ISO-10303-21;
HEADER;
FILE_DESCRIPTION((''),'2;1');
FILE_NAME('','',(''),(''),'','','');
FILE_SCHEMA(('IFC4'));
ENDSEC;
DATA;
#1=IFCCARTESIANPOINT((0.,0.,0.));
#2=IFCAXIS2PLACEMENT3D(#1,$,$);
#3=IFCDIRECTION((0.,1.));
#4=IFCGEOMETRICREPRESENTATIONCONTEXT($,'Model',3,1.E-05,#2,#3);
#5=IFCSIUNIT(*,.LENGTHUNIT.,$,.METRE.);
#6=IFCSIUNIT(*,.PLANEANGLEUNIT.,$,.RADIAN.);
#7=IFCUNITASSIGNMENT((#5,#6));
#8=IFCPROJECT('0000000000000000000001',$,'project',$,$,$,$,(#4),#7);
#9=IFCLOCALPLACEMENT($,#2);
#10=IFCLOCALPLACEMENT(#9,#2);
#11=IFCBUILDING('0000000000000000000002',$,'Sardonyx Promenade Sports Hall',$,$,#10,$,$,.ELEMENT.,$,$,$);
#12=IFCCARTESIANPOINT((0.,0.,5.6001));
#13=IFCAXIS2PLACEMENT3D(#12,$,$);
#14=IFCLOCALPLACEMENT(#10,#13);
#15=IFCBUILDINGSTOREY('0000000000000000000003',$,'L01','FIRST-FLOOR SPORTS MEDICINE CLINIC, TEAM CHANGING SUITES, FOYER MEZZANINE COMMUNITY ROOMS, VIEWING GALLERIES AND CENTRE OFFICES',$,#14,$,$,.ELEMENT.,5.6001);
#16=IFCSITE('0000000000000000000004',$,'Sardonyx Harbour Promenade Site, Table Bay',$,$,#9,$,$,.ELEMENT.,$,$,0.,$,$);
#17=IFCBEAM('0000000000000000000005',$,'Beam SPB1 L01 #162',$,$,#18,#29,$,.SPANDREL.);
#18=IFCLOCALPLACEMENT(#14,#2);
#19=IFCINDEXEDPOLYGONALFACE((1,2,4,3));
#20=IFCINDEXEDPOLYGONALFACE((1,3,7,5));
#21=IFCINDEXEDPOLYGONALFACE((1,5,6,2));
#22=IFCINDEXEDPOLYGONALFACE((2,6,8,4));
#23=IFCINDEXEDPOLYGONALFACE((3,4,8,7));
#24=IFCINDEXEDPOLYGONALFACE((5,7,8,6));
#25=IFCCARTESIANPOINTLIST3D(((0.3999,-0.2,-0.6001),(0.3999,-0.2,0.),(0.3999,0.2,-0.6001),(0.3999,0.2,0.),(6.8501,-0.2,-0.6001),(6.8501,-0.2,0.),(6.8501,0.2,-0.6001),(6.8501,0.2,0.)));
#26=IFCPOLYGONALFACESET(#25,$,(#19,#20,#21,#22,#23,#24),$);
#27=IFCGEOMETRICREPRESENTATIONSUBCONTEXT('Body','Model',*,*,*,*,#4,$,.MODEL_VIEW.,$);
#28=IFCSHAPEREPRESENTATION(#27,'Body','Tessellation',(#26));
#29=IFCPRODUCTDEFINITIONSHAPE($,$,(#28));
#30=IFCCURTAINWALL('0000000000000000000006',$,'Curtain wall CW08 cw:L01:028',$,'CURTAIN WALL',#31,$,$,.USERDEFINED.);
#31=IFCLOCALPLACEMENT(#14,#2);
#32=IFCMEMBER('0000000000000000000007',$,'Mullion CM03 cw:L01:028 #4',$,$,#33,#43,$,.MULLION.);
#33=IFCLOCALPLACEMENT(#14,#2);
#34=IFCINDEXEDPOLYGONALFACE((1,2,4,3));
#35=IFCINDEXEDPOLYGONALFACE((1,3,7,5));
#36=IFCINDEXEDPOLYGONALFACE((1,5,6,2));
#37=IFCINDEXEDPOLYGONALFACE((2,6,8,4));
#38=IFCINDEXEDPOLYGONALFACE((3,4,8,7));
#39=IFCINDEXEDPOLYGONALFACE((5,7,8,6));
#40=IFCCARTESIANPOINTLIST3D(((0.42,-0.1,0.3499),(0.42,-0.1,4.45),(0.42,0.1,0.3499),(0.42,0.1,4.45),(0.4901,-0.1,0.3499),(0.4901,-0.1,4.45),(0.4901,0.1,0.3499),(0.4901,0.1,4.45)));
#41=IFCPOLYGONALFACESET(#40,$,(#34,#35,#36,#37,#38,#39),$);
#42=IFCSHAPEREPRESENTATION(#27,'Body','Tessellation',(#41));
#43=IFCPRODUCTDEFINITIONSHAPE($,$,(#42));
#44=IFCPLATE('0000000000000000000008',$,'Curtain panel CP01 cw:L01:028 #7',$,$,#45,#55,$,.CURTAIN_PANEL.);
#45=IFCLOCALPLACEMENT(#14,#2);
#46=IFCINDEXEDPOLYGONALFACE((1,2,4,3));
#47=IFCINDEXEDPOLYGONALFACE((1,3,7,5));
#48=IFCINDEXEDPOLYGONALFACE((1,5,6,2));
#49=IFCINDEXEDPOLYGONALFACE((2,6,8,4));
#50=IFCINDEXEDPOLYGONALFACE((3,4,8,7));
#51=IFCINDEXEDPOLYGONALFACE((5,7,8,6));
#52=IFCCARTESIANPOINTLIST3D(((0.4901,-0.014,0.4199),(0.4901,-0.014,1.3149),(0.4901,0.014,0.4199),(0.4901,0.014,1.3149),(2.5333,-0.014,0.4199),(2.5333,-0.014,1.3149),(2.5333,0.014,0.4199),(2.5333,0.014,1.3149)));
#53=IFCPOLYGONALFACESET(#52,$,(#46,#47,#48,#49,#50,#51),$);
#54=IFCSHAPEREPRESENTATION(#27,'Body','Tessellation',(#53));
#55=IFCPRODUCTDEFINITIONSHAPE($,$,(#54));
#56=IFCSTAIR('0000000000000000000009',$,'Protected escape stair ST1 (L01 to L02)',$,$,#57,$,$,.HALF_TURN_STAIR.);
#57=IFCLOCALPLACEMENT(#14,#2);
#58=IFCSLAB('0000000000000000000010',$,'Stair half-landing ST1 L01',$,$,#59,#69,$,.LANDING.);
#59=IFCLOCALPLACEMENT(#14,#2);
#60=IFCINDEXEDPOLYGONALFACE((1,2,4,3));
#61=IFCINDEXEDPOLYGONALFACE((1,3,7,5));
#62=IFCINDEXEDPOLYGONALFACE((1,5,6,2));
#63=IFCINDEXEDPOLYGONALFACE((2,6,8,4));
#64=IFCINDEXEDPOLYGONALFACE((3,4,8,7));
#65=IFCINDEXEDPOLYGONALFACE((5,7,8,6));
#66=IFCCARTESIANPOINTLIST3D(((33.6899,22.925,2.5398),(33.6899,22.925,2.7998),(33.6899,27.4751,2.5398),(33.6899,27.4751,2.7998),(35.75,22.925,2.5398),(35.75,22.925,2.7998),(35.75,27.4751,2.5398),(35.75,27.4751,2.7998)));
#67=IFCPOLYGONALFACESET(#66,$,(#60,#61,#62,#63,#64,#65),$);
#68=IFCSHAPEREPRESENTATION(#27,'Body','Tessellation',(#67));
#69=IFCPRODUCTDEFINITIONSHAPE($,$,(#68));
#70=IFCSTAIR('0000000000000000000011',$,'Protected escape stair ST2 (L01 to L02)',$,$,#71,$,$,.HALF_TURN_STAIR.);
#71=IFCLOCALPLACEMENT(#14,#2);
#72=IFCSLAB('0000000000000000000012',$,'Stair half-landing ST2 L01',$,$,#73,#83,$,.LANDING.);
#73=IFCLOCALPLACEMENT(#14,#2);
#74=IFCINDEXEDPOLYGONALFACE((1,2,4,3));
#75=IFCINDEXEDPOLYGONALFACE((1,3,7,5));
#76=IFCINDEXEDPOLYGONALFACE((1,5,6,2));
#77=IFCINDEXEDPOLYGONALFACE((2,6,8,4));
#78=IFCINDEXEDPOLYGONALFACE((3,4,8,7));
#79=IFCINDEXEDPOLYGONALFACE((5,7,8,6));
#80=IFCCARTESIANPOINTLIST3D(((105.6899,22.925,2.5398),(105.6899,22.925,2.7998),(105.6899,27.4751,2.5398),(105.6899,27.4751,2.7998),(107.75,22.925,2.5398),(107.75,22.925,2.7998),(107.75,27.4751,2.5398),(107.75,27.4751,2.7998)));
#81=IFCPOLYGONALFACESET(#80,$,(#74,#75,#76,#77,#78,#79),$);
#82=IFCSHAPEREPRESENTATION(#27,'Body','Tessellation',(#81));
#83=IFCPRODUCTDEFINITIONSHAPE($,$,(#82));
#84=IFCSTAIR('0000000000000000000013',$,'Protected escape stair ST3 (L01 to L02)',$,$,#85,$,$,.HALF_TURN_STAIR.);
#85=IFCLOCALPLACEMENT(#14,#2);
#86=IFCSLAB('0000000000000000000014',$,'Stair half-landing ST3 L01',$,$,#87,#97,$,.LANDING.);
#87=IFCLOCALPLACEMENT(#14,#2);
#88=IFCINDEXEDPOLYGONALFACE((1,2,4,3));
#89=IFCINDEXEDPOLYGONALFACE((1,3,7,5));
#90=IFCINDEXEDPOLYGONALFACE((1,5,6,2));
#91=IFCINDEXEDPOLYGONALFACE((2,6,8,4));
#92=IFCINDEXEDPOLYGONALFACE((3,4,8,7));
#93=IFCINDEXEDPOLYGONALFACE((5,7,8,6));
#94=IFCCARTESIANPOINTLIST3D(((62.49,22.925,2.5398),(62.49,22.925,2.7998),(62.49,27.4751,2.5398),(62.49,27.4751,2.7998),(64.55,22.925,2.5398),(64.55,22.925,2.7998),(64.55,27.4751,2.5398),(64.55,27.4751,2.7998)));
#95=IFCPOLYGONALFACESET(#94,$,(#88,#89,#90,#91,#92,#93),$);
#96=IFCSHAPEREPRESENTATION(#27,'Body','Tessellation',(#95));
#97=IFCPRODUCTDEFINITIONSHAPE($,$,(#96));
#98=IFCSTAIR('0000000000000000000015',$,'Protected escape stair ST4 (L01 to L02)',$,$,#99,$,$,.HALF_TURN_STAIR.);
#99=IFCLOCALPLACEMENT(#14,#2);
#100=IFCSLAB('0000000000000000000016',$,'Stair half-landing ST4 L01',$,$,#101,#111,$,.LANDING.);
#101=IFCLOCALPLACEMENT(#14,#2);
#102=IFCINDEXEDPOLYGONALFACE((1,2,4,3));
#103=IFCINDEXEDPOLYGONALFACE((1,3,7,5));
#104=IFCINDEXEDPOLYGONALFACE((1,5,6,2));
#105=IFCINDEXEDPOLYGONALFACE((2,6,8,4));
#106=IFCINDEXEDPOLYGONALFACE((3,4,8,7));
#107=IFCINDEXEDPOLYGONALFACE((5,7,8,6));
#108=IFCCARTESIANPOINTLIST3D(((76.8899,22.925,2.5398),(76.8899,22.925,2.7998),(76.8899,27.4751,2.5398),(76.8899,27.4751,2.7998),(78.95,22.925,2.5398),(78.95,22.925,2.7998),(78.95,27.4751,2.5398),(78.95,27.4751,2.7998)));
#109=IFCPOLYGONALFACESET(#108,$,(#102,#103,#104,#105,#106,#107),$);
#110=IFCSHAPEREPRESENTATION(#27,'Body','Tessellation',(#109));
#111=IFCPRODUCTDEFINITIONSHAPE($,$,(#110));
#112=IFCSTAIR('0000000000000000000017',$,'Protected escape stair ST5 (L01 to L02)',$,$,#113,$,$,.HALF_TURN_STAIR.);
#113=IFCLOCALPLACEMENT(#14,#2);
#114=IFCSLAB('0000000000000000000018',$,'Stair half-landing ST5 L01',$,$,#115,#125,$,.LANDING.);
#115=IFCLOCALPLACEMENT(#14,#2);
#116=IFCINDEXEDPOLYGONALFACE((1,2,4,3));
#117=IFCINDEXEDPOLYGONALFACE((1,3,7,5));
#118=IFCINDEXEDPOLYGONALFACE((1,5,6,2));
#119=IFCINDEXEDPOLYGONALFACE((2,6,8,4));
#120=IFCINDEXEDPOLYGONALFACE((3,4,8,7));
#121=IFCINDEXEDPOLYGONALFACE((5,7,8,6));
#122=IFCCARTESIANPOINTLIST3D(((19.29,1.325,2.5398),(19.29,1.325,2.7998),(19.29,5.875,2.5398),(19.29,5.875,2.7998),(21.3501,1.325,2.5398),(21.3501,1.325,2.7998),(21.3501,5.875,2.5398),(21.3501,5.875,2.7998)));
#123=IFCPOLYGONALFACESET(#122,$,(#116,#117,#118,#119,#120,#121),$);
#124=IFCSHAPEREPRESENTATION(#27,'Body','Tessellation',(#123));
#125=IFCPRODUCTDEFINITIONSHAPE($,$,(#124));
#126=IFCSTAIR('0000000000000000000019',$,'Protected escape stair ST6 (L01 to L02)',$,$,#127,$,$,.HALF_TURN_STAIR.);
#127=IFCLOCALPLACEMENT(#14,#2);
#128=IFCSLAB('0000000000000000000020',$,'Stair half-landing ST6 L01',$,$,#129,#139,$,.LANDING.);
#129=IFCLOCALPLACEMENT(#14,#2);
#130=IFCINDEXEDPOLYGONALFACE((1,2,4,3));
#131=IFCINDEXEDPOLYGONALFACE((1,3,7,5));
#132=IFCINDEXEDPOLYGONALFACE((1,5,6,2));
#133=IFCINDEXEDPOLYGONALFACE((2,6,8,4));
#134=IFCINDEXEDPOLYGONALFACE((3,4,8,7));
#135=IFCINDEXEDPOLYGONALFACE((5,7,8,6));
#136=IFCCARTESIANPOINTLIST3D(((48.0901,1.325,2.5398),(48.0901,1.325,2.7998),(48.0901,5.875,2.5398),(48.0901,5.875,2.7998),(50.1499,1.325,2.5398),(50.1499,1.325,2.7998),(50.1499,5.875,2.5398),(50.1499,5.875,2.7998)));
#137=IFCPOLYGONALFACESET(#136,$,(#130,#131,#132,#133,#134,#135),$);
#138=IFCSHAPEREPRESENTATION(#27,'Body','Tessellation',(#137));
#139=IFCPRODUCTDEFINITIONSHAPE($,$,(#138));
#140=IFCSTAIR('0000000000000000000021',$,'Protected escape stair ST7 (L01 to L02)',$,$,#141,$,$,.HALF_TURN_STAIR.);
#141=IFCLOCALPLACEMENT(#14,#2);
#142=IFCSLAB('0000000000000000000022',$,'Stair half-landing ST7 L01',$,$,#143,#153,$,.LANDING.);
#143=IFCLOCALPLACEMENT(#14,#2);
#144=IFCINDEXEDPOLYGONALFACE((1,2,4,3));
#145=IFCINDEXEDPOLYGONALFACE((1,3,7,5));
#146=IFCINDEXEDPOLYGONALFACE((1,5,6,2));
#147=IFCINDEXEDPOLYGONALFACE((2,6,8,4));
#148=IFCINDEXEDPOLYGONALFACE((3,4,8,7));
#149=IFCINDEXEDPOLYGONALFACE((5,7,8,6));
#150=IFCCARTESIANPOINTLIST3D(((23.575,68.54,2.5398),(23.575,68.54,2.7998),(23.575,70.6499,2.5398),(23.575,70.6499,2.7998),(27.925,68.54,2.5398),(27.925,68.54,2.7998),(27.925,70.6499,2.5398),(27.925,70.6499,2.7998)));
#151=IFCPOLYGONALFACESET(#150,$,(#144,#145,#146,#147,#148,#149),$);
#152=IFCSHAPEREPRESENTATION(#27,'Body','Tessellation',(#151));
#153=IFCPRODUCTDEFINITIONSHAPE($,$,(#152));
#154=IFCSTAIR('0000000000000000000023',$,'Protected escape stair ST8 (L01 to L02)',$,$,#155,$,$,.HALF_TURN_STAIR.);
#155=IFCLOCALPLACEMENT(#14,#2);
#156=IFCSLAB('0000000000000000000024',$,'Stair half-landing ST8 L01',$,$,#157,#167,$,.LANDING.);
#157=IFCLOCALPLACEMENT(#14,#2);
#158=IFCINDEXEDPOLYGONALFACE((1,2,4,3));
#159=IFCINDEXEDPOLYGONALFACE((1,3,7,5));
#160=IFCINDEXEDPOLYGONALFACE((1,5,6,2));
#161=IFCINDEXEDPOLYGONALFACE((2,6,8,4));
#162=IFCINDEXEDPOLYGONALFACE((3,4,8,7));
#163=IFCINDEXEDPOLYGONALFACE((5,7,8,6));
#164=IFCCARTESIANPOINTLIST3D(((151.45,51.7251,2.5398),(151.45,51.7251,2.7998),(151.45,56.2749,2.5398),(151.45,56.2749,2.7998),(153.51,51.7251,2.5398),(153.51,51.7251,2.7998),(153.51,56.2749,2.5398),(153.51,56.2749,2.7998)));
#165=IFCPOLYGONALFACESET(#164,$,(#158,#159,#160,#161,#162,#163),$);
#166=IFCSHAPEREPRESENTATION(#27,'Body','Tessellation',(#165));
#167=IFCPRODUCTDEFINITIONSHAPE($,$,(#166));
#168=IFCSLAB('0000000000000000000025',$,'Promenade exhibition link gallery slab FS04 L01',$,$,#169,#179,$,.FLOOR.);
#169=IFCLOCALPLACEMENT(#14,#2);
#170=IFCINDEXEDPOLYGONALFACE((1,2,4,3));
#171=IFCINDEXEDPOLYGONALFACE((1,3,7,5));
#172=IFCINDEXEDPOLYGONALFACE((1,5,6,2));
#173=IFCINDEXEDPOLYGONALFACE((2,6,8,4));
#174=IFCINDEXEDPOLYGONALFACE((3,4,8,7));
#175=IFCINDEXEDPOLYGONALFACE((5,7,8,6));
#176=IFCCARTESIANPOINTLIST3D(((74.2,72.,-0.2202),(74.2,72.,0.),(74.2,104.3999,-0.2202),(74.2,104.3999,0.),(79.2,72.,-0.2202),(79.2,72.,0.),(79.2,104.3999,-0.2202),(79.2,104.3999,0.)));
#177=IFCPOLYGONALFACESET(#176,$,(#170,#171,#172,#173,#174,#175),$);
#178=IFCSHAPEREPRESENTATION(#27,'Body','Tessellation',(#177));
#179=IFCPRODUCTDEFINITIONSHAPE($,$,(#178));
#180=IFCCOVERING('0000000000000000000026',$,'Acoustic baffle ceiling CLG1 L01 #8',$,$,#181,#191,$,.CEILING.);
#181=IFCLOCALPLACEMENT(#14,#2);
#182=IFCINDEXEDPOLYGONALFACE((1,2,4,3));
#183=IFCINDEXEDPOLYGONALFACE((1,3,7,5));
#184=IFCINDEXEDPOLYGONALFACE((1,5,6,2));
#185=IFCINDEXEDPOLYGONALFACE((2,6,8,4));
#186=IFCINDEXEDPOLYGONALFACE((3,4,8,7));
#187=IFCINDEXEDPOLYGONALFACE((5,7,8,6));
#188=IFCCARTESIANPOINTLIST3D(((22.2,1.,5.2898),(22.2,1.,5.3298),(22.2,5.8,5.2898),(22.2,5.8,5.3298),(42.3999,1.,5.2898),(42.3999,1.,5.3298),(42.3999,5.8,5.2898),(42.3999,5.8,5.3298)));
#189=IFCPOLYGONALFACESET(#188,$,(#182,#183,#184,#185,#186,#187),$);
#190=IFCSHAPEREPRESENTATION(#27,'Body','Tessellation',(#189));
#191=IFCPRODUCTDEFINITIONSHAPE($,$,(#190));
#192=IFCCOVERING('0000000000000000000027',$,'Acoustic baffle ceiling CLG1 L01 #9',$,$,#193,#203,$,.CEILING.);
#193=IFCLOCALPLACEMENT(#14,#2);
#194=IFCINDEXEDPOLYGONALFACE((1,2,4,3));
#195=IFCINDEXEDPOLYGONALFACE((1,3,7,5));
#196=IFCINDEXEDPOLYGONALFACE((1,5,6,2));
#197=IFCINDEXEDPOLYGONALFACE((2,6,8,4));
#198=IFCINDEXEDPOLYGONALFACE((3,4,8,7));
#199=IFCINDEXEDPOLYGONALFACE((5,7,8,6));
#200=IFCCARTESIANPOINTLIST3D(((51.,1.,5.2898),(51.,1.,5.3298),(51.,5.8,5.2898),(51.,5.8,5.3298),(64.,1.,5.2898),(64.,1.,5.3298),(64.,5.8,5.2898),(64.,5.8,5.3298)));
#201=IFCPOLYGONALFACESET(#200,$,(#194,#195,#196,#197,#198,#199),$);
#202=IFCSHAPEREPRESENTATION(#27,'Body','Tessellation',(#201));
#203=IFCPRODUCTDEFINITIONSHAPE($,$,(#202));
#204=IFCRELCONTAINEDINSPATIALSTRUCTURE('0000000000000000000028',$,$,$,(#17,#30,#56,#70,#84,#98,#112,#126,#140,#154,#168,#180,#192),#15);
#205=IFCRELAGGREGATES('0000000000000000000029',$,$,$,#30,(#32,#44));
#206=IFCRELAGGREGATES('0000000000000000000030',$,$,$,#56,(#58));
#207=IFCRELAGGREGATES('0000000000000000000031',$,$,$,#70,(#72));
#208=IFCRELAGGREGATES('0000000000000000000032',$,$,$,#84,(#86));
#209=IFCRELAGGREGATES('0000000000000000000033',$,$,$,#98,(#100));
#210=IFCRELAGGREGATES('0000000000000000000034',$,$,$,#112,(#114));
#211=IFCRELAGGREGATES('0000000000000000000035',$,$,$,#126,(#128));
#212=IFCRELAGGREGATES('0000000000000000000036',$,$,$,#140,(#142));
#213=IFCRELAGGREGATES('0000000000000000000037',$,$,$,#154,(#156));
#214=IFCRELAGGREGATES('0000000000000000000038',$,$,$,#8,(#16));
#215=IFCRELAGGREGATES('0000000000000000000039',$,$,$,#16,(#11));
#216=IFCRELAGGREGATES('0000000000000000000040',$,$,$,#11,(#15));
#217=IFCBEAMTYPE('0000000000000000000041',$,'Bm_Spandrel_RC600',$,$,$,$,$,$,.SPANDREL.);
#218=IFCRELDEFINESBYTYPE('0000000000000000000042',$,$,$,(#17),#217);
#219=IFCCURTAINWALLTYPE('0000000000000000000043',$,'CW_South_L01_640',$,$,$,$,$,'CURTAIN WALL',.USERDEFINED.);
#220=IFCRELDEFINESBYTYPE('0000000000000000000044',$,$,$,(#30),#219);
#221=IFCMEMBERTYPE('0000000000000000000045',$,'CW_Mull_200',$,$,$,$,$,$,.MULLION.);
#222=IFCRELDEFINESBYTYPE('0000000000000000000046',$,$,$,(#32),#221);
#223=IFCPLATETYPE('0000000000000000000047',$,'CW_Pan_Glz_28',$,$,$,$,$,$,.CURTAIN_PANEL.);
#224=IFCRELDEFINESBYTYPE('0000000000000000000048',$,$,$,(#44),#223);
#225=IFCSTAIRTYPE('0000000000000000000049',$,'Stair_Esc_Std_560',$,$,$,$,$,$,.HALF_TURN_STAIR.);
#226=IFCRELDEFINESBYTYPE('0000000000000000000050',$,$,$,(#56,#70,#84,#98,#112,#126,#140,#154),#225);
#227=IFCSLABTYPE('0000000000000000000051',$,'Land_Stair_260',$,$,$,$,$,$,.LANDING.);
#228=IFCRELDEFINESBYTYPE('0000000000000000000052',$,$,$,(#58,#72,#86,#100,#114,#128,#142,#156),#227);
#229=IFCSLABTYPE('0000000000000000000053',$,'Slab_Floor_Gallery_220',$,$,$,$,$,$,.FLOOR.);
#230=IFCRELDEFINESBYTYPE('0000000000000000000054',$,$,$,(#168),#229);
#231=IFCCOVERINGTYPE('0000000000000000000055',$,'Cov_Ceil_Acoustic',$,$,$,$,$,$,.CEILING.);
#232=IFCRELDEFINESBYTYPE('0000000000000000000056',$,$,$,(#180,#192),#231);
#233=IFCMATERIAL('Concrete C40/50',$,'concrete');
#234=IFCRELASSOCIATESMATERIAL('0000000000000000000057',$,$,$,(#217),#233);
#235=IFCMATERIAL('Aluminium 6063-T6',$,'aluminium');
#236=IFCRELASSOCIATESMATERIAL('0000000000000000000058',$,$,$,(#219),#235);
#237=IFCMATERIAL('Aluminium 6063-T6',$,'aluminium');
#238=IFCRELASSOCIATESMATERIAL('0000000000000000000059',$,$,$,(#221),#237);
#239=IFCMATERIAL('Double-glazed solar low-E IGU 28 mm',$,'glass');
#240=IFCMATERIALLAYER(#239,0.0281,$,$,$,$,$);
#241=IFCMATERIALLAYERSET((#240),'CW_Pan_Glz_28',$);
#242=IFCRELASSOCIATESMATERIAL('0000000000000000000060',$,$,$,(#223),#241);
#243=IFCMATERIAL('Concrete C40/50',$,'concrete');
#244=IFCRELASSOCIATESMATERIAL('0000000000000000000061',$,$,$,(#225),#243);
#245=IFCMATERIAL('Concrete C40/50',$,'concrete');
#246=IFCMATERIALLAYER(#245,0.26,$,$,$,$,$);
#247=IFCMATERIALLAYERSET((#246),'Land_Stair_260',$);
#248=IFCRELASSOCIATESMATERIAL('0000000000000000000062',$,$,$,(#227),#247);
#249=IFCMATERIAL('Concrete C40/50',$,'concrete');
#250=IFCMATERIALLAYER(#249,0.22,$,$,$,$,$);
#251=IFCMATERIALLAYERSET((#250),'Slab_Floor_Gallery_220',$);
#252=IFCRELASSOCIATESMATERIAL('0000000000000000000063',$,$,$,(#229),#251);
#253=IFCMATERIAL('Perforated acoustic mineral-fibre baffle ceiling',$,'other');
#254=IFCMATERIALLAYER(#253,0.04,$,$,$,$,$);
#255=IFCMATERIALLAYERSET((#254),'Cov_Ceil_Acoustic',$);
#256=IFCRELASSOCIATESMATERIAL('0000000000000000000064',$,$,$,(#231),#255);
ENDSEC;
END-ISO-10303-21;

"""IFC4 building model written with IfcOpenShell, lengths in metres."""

from ifc_helpers import new_model, si_unit, direction, frame, origin, origin_2d, place, context, subcontext, project, spatial, polyline, rectangle, outline, extrude, material, layer, layer_set, material_profile, profile_set, type_object, element, aggregate, save


model = new_model("IFC4")

# Units and contexts
model_context = context("Model", 3, precision=1e-05, world=origin(), true_north=direction((0.0, 1.0)))
body_context = subcontext(model_context, "Body", "Model", "MODEL_VIEW")
ifc_project = project(units=[si_unit("LENGTHUNIT", "METRE"), si_unit("PLANEANGLEUNIT", "RADIAN")], contexts=[model_context])

# Site, building, storey
site_placement = place(None, origin())
site = spatial("IfcSite", under=ifc_project, at=site_placement, Name="Sardonyx Harbour Promenade Site, Table Bay", CompositionType="ELEMENT", RefElevation=0.0)
building_placement = place(site_placement, origin())
building = spatial("IfcBuilding", under=site, at=building_placement, Name="Sardonyx Promenade Sports Hall", CompositionType="ELEMENT")
storey_placement = place(building_placement, frame((0.0, 0.0, 5.6001)))
storey = spatial("IfcBuildingStorey", under=building, at=storey_placement, Name="L01", Description="FIRST-FLOOR SPORTS MEDICINE CLINIC, TEAM CHANGING SUITES, FOYER MEZZANINE COMMUNITY ROOMS, VIEWING GALLERIES AND CENTRE OFFICES", CompositionType="ELEMENT", Elevation=5.6001)

# Beam
ifc_material_1 = material(Name="Concrete C40/50", Category="concrete")
ifc_material_profile_1 = material_profile(ifc_material_1, rectangle(XDim=0.3999, YDim=0.6001, at=origin_2d()))
ifc_profile_set_1 = profile_set([ifc_material_profile_1], Name="Concrete C40/50")
beam_type = type_object("IfcBeamType", Name="Bm_Spandrel_RC600", PredefinedType="SPANDREL", material=ifc_profile_set_1)
beam_placement = place(storey_placement, frame((0.3999, 0.0, -0.3), z_axis=(1.0, 0.0, 0.0), x_axis=(0.0, 1.0, 0.0)))
element("IfcBeam", 1, at=beam_placement, inside=storey, type_object=beam_type, Name="Beam SPB1 L01 #162", PredefinedType="SPANDREL", context=body_context, shape_type="SweptSolid", body=[
    extrude(rectangle(XDim=0.3999, YDim=0.6001, at=origin_2d()), origin(), (0.0, 0.0, 1.0), 6.4502),
])

# Curtain wall, member, plate
ifc_material_2 = material(Name="Aluminium 6063-T6", Category="aluminium")
curtain_wall_type = type_object("IfcCurtainWallType", Name="CW_South_L01_640", ElementType="CURTAIN WALL", PredefinedType="USERDEFINED", material=ifc_material_2)
curtain_wall_placement = place(storey_placement, origin())
curtain_wall = element("IfcCurtainWall", 2, at=curtain_wall_placement, inside=storey, type_object=curtain_wall_type, Name="Curtain wall CW08 cw:L01:028", ObjectType="CURTAIN WALL", PredefinedType="USERDEFINED")
ifc_material_3 = material(Name="Aluminium 6063-T6", Category="aluminium")
ifc_material_profile_2 = material_profile(ifc_material_3, rectangle(XDim=0.0701, YDim=0.2, at=origin_2d()))
ifc_profile_set_2 = profile_set([ifc_material_profile_2], Name="Aluminium 6063-T6")
member_type = type_object("IfcMemberType", Name="CW_Mull_200", PredefinedType="MULLION", material=ifc_profile_set_2)
member_placement = place(storey_placement, frame((0.4551, 0.0, 0.3499), z_axis=(0.0, 0.0, 1.0), x_axis=(-1.0, 0.0, 0.0)))
member = element("IfcMember", 3, at=member_placement, type_object=member_type, Name="Mullion CM03 cw:L01:028 #4", PredefinedType="MULLION", context=body_context, shape_type="SweptSolid", body=[
    extrude(rectangle(XDim=0.0701, YDim=0.2, at=origin_2d()), origin(), (0.0, 0.0, 1.0), 4.1001),
])
ifc_material_4 = material(Name="Double-glazed solar low-E IGU 28 mm", Category="glass")
ifc_layer_1 = layer(ifc_material_4, 0.0281)
ifc_layer_set_1 = layer_set([ifc_layer_1], Name="CW_Pan_Glz_28")
plate_type = type_object("IfcPlateType", Name="CW_Pan_Glz_28", PredefinedType="CURTAIN_PANEL", material=ifc_layer_set_1)
plate_placement = place(storey_placement, frame((1.5117, 0.0, 0.4199), z_axis=(0.0, 0.0, 1.0), x_axis=(-1.0, 0.0, 0.0)))
plate = element("IfcPlate", 4, at=plate_placement, type_object=plate_type, Name="Curtain panel CP01 cw:L01:028 #7", PredefinedType="CURTAIN_PANEL", context=body_context, shape_type="SweptSolid", body=[
    extrude(rectangle(XDim=2.0432, YDim=0.0281, at=origin_2d()), origin(), (0.0, 0.0, 1.0), 0.895),
])
aggregate(curtain_wall, [member, plate])

# Stairs, slabs
ifc_material_5 = material(Name="Concrete C40/50", Category="concrete")
stair_type = type_object("IfcStairType", Name="Stair_Esc_Std_560", PredefinedType="HALF_TURN_STAIR", material=ifc_material_5)
stair_1_placement = place(storey_placement, origin())
stair_1 = element("IfcStair", 5, at=stair_1_placement, inside=storey, type_object=stair_type, Name="Protected escape stair ST1 (L01 to L02)", PredefinedType="HALF_TURN_STAIR")
ifc_material_6 = material(Name="Concrete C40/50", Category="concrete")
ifc_layer_2 = layer(ifc_material_6, 0.26)
ifc_layer_set_2 = layer_set([ifc_layer_2], Name="Land_Stair_260")
slab_type_1 = type_object("IfcSlabType", Name="Land_Stair_260", PredefinedType="LANDING", material=ifc_layer_set_2)
slab_1_placement = place(storey_placement, frame((0.0, 0.0, 2.5398)))
slab_1 = element("IfcSlab", 6, at=slab_1_placement, type_object=slab_type_1, Name="Stair half-landing ST1 L01", PredefinedType="LANDING", context=body_context, shape_type="SweptSolid", body=[
    extrude(outline(polyline([(33.6899, 22.925), (35.75, 22.925), (35.75, 27.4751), (33.6899, 27.4751), (33.6899, 22.925)])), origin(), (0.0, 0.0, 1.0), 0.26),
])
aggregate(stair_1, [slab_1])
stair_2_placement = place(storey_placement, origin())
stair_2 = element("IfcStair", 7, at=stair_2_placement, inside=storey, type_object=stair_type, Name="Protected escape stair ST2 (L01 to L02)", PredefinedType="HALF_TURN_STAIR")
slab_2_placement = place(storey_placement, frame((0.0, 0.0, 2.5398)))
slab_2 = element("IfcSlab", 8, at=slab_2_placement, type_object=slab_type_1, Name="Stair half-landing ST2 L01", PredefinedType="LANDING", context=body_context, shape_type="SweptSolid", body=[
    extrude(outline(polyline([(105.6899, 22.925), (107.75, 22.925), (107.75, 27.4751), (105.6899, 27.4751), (105.6899, 22.925)])), origin(), (0.0, 0.0, 1.0), 0.26),
])
aggregate(stair_2, [slab_2])
stair_3_placement = place(storey_placement, origin())
stair_3 = element("IfcStair", 9, at=stair_3_placement, inside=storey, type_object=stair_type, Name="Protected escape stair ST3 (L01 to L02)", PredefinedType="HALF_TURN_STAIR")
slab_3_placement = place(storey_placement, frame((0.0, 0.0, 2.5398)))
slab_3 = element("IfcSlab", 10, at=slab_3_placement, type_object=slab_type_1, Name="Stair half-landing ST3 L01", PredefinedType="LANDING", context=body_context, shape_type="SweptSolid", body=[
    extrude(outline(polyline([(62.49, 22.925), (64.55, 22.925), (64.55, 27.4751), (62.49, 27.4751), (62.49, 22.925)])), origin(), (0.0, 0.0, 1.0), 0.26),
])
aggregate(stair_3, [slab_3])
stair_4_placement = place(storey_placement, origin())
stair_4 = element("IfcStair", 11, at=stair_4_placement, inside=storey, type_object=stair_type, Name="Protected escape stair ST4 (L01 to L02)", PredefinedType="HALF_TURN_STAIR")
slab_4_placement = place(storey_placement, frame((0.0, 0.0, 2.5398)))
slab_4 = element("IfcSlab", 12, at=slab_4_placement, type_object=slab_type_1, Name="Stair half-landing ST4 L01", PredefinedType="LANDING", context=body_context, shape_type="SweptSolid", body=[
    extrude(outline(polyline([(76.8899, 22.925), (78.95, 22.925), (78.95, 27.4751), (76.8899, 27.4751), (76.8899, 22.925)])), origin(), (0.0, 0.0, 1.0), 0.26),
])
aggregate(stair_4, [slab_4])
stair_5_placement = place(storey_placement, origin())
stair_5 = element("IfcStair", 13, at=stair_5_placement, inside=storey, type_object=stair_type, Name="Protected escape stair ST5 (L01 to L02)", PredefinedType="HALF_TURN_STAIR")
slab_5_placement = place(storey_placement, frame((0.0, 0.0, 2.5398)))
slab_5 = element("IfcSlab", 14, at=slab_5_placement, type_object=slab_type_1, Name="Stair half-landing ST5 L01", PredefinedType="LANDING", context=body_context, shape_type="SweptSolid", body=[
    extrude(outline(polyline([(19.29, 1.325), (21.3501, 1.325), (21.3501, 5.875), (19.29, 5.875), (19.29, 1.325)])), origin(), (0.0, 0.0, 1.0), 0.26),
])
aggregate(stair_5, [slab_5])
stair_6_placement = place(storey_placement, origin())
stair_6 = element("IfcStair", 15, at=stair_6_placement, inside=storey, type_object=stair_type, Name="Protected escape stair ST6 (L01 to L02)", PredefinedType="HALF_TURN_STAIR")
slab_6_placement = place(storey_placement, frame((0.0, 0.0, 2.5398)))
slab_6 = element("IfcSlab", 16, at=slab_6_placement, type_object=slab_type_1, Name="Stair half-landing ST6 L01", PredefinedType="LANDING", context=body_context, shape_type="SweptSolid", body=[
    extrude(outline(polyline([(48.0901, 1.325), (50.1499, 1.325), (50.1499, 5.875), (48.0901, 5.875), (48.0901, 1.325)])), origin(), (0.0, 0.0, 1.0), 0.26),
])
aggregate(stair_6, [slab_6])
stair_7_placement = place(storey_placement, origin())
stair_7 = element("IfcStair", 17, at=stair_7_placement, inside=storey, type_object=stair_type, Name="Protected escape stair ST7 (L01 to L02)", PredefinedType="HALF_TURN_STAIR")
slab_7_placement = place(storey_placement, frame((0.0, 0.0, 2.5398)))
slab_7 = element("IfcSlab", 18, at=slab_7_placement, type_object=slab_type_1, Name="Stair half-landing ST7 L01", PredefinedType="LANDING", context=body_context, shape_type="SweptSolid", body=[
    extrude(outline(polyline([(27.925, 68.54), (27.925, 70.6499), (23.575, 70.6499), (23.575, 68.54), (27.925, 68.54)])), origin(), (0.0, 0.0, 1.0), 0.26),
])
aggregate(stair_7, [slab_7])
stair_8_placement = place(storey_placement, origin())
stair_8 = element("IfcStair", 19, at=stair_8_placement, inside=storey, type_object=stair_type, Name="Protected escape stair ST8 (L01 to L02)", PredefinedType="HALF_TURN_STAIR")
slab_8_placement = place(storey_placement, frame((0.0, 0.0, 2.5398)))
slab_8 = element("IfcSlab", 20, at=slab_8_placement, type_object=slab_type_1, Name="Stair half-landing ST8 L01", PredefinedType="LANDING", context=body_context, shape_type="SweptSolid", body=[
    extrude(outline(polyline([(153.51, 56.2749), (151.45, 56.2749), (151.45, 51.7251), (153.51, 51.7251), (153.51, 56.2749)])), origin(), (0.0, 0.0, 1.0), 0.26),
])
aggregate(stair_8, [slab_8])

# Slab
ifc_material_7 = material(Name="Concrete C40/50", Category="concrete")
ifc_layer_3 = layer(ifc_material_7, 0.22)
ifc_layer_set_3 = layer_set([ifc_layer_3], Name="Slab_Floor_Gallery_220")
slab_type_2 = type_object("IfcSlabType", Name="Slab_Floor_Gallery_220", PredefinedType="FLOOR", material=ifc_layer_set_3)
slab_9_placement = place(storey_placement, frame((0.0, 0.0, -0.2202)))
element("IfcSlab", 21, at=slab_9_placement, inside=storey, type_object=slab_type_2, Name="Promenade exhibition link gallery slab FS04 L01", PredefinedType="FLOOR", context=body_context, shape_type="SweptSolid", body=[
    extrude(outline(polyline([(74.2, 72.0), (79.2, 72.0), (79.2, 104.3999), (74.2, 104.3999), (74.2, 72.0)])), origin(), (0.0, 0.0, 1.0), 0.2202),
])

# Coverings
ifc_material_8 = material(Name="Perforated acoustic mineral-fibre baffle ceiling", Category="other")
ifc_layer_4 = layer(ifc_material_8, 0.04)
ifc_layer_set_4 = layer_set([ifc_layer_4], Name="Cov_Ceil_Acoustic")
covering_type_1 = type_object("IfcCoveringType", Name="Cov_Ceil_Acoustic", PredefinedType="CEILING", material=ifc_layer_set_4)
covering_1_placement = place(storey_placement, frame((0.0, 0.0, 5.2898)))
element("IfcCovering", 22, at=covering_1_placement, inside=storey, type_object=covering_type_1, Name="Acoustic baffle ceiling CLG1 L01 #8", PredefinedType="CEILING", context=body_context, shape_type="SweptSolid", body=[
    extrude(outline(polyline([(22.2, 5.8), (22.2, 1.0), (42.3999, 1.0), (42.3999, 5.8), (22.2, 5.8)])), origin(), (0.0, 0.0, 1.0), 0.04),
])
covering_2_placement = place(storey_placement, frame((0.0, 0.0, 5.2898)))
element("IfcCovering", 23, at=covering_2_placement, inside=storey, type_object=covering_type_1, Name="Acoustic baffle ceiling CLG1 L01 #9", PredefinedType="CEILING", context=body_context, shape_type="SweptSolid", body=[
    extrude(outline(polyline([(51.0, 5.8), (51.0, 1.0), (64.0, 1.0), (64.0, 5.8), (51.0, 5.8)])), origin(), (0.0, 0.0, 1.0), 0.04),
])

save(model, "model.ifc")
